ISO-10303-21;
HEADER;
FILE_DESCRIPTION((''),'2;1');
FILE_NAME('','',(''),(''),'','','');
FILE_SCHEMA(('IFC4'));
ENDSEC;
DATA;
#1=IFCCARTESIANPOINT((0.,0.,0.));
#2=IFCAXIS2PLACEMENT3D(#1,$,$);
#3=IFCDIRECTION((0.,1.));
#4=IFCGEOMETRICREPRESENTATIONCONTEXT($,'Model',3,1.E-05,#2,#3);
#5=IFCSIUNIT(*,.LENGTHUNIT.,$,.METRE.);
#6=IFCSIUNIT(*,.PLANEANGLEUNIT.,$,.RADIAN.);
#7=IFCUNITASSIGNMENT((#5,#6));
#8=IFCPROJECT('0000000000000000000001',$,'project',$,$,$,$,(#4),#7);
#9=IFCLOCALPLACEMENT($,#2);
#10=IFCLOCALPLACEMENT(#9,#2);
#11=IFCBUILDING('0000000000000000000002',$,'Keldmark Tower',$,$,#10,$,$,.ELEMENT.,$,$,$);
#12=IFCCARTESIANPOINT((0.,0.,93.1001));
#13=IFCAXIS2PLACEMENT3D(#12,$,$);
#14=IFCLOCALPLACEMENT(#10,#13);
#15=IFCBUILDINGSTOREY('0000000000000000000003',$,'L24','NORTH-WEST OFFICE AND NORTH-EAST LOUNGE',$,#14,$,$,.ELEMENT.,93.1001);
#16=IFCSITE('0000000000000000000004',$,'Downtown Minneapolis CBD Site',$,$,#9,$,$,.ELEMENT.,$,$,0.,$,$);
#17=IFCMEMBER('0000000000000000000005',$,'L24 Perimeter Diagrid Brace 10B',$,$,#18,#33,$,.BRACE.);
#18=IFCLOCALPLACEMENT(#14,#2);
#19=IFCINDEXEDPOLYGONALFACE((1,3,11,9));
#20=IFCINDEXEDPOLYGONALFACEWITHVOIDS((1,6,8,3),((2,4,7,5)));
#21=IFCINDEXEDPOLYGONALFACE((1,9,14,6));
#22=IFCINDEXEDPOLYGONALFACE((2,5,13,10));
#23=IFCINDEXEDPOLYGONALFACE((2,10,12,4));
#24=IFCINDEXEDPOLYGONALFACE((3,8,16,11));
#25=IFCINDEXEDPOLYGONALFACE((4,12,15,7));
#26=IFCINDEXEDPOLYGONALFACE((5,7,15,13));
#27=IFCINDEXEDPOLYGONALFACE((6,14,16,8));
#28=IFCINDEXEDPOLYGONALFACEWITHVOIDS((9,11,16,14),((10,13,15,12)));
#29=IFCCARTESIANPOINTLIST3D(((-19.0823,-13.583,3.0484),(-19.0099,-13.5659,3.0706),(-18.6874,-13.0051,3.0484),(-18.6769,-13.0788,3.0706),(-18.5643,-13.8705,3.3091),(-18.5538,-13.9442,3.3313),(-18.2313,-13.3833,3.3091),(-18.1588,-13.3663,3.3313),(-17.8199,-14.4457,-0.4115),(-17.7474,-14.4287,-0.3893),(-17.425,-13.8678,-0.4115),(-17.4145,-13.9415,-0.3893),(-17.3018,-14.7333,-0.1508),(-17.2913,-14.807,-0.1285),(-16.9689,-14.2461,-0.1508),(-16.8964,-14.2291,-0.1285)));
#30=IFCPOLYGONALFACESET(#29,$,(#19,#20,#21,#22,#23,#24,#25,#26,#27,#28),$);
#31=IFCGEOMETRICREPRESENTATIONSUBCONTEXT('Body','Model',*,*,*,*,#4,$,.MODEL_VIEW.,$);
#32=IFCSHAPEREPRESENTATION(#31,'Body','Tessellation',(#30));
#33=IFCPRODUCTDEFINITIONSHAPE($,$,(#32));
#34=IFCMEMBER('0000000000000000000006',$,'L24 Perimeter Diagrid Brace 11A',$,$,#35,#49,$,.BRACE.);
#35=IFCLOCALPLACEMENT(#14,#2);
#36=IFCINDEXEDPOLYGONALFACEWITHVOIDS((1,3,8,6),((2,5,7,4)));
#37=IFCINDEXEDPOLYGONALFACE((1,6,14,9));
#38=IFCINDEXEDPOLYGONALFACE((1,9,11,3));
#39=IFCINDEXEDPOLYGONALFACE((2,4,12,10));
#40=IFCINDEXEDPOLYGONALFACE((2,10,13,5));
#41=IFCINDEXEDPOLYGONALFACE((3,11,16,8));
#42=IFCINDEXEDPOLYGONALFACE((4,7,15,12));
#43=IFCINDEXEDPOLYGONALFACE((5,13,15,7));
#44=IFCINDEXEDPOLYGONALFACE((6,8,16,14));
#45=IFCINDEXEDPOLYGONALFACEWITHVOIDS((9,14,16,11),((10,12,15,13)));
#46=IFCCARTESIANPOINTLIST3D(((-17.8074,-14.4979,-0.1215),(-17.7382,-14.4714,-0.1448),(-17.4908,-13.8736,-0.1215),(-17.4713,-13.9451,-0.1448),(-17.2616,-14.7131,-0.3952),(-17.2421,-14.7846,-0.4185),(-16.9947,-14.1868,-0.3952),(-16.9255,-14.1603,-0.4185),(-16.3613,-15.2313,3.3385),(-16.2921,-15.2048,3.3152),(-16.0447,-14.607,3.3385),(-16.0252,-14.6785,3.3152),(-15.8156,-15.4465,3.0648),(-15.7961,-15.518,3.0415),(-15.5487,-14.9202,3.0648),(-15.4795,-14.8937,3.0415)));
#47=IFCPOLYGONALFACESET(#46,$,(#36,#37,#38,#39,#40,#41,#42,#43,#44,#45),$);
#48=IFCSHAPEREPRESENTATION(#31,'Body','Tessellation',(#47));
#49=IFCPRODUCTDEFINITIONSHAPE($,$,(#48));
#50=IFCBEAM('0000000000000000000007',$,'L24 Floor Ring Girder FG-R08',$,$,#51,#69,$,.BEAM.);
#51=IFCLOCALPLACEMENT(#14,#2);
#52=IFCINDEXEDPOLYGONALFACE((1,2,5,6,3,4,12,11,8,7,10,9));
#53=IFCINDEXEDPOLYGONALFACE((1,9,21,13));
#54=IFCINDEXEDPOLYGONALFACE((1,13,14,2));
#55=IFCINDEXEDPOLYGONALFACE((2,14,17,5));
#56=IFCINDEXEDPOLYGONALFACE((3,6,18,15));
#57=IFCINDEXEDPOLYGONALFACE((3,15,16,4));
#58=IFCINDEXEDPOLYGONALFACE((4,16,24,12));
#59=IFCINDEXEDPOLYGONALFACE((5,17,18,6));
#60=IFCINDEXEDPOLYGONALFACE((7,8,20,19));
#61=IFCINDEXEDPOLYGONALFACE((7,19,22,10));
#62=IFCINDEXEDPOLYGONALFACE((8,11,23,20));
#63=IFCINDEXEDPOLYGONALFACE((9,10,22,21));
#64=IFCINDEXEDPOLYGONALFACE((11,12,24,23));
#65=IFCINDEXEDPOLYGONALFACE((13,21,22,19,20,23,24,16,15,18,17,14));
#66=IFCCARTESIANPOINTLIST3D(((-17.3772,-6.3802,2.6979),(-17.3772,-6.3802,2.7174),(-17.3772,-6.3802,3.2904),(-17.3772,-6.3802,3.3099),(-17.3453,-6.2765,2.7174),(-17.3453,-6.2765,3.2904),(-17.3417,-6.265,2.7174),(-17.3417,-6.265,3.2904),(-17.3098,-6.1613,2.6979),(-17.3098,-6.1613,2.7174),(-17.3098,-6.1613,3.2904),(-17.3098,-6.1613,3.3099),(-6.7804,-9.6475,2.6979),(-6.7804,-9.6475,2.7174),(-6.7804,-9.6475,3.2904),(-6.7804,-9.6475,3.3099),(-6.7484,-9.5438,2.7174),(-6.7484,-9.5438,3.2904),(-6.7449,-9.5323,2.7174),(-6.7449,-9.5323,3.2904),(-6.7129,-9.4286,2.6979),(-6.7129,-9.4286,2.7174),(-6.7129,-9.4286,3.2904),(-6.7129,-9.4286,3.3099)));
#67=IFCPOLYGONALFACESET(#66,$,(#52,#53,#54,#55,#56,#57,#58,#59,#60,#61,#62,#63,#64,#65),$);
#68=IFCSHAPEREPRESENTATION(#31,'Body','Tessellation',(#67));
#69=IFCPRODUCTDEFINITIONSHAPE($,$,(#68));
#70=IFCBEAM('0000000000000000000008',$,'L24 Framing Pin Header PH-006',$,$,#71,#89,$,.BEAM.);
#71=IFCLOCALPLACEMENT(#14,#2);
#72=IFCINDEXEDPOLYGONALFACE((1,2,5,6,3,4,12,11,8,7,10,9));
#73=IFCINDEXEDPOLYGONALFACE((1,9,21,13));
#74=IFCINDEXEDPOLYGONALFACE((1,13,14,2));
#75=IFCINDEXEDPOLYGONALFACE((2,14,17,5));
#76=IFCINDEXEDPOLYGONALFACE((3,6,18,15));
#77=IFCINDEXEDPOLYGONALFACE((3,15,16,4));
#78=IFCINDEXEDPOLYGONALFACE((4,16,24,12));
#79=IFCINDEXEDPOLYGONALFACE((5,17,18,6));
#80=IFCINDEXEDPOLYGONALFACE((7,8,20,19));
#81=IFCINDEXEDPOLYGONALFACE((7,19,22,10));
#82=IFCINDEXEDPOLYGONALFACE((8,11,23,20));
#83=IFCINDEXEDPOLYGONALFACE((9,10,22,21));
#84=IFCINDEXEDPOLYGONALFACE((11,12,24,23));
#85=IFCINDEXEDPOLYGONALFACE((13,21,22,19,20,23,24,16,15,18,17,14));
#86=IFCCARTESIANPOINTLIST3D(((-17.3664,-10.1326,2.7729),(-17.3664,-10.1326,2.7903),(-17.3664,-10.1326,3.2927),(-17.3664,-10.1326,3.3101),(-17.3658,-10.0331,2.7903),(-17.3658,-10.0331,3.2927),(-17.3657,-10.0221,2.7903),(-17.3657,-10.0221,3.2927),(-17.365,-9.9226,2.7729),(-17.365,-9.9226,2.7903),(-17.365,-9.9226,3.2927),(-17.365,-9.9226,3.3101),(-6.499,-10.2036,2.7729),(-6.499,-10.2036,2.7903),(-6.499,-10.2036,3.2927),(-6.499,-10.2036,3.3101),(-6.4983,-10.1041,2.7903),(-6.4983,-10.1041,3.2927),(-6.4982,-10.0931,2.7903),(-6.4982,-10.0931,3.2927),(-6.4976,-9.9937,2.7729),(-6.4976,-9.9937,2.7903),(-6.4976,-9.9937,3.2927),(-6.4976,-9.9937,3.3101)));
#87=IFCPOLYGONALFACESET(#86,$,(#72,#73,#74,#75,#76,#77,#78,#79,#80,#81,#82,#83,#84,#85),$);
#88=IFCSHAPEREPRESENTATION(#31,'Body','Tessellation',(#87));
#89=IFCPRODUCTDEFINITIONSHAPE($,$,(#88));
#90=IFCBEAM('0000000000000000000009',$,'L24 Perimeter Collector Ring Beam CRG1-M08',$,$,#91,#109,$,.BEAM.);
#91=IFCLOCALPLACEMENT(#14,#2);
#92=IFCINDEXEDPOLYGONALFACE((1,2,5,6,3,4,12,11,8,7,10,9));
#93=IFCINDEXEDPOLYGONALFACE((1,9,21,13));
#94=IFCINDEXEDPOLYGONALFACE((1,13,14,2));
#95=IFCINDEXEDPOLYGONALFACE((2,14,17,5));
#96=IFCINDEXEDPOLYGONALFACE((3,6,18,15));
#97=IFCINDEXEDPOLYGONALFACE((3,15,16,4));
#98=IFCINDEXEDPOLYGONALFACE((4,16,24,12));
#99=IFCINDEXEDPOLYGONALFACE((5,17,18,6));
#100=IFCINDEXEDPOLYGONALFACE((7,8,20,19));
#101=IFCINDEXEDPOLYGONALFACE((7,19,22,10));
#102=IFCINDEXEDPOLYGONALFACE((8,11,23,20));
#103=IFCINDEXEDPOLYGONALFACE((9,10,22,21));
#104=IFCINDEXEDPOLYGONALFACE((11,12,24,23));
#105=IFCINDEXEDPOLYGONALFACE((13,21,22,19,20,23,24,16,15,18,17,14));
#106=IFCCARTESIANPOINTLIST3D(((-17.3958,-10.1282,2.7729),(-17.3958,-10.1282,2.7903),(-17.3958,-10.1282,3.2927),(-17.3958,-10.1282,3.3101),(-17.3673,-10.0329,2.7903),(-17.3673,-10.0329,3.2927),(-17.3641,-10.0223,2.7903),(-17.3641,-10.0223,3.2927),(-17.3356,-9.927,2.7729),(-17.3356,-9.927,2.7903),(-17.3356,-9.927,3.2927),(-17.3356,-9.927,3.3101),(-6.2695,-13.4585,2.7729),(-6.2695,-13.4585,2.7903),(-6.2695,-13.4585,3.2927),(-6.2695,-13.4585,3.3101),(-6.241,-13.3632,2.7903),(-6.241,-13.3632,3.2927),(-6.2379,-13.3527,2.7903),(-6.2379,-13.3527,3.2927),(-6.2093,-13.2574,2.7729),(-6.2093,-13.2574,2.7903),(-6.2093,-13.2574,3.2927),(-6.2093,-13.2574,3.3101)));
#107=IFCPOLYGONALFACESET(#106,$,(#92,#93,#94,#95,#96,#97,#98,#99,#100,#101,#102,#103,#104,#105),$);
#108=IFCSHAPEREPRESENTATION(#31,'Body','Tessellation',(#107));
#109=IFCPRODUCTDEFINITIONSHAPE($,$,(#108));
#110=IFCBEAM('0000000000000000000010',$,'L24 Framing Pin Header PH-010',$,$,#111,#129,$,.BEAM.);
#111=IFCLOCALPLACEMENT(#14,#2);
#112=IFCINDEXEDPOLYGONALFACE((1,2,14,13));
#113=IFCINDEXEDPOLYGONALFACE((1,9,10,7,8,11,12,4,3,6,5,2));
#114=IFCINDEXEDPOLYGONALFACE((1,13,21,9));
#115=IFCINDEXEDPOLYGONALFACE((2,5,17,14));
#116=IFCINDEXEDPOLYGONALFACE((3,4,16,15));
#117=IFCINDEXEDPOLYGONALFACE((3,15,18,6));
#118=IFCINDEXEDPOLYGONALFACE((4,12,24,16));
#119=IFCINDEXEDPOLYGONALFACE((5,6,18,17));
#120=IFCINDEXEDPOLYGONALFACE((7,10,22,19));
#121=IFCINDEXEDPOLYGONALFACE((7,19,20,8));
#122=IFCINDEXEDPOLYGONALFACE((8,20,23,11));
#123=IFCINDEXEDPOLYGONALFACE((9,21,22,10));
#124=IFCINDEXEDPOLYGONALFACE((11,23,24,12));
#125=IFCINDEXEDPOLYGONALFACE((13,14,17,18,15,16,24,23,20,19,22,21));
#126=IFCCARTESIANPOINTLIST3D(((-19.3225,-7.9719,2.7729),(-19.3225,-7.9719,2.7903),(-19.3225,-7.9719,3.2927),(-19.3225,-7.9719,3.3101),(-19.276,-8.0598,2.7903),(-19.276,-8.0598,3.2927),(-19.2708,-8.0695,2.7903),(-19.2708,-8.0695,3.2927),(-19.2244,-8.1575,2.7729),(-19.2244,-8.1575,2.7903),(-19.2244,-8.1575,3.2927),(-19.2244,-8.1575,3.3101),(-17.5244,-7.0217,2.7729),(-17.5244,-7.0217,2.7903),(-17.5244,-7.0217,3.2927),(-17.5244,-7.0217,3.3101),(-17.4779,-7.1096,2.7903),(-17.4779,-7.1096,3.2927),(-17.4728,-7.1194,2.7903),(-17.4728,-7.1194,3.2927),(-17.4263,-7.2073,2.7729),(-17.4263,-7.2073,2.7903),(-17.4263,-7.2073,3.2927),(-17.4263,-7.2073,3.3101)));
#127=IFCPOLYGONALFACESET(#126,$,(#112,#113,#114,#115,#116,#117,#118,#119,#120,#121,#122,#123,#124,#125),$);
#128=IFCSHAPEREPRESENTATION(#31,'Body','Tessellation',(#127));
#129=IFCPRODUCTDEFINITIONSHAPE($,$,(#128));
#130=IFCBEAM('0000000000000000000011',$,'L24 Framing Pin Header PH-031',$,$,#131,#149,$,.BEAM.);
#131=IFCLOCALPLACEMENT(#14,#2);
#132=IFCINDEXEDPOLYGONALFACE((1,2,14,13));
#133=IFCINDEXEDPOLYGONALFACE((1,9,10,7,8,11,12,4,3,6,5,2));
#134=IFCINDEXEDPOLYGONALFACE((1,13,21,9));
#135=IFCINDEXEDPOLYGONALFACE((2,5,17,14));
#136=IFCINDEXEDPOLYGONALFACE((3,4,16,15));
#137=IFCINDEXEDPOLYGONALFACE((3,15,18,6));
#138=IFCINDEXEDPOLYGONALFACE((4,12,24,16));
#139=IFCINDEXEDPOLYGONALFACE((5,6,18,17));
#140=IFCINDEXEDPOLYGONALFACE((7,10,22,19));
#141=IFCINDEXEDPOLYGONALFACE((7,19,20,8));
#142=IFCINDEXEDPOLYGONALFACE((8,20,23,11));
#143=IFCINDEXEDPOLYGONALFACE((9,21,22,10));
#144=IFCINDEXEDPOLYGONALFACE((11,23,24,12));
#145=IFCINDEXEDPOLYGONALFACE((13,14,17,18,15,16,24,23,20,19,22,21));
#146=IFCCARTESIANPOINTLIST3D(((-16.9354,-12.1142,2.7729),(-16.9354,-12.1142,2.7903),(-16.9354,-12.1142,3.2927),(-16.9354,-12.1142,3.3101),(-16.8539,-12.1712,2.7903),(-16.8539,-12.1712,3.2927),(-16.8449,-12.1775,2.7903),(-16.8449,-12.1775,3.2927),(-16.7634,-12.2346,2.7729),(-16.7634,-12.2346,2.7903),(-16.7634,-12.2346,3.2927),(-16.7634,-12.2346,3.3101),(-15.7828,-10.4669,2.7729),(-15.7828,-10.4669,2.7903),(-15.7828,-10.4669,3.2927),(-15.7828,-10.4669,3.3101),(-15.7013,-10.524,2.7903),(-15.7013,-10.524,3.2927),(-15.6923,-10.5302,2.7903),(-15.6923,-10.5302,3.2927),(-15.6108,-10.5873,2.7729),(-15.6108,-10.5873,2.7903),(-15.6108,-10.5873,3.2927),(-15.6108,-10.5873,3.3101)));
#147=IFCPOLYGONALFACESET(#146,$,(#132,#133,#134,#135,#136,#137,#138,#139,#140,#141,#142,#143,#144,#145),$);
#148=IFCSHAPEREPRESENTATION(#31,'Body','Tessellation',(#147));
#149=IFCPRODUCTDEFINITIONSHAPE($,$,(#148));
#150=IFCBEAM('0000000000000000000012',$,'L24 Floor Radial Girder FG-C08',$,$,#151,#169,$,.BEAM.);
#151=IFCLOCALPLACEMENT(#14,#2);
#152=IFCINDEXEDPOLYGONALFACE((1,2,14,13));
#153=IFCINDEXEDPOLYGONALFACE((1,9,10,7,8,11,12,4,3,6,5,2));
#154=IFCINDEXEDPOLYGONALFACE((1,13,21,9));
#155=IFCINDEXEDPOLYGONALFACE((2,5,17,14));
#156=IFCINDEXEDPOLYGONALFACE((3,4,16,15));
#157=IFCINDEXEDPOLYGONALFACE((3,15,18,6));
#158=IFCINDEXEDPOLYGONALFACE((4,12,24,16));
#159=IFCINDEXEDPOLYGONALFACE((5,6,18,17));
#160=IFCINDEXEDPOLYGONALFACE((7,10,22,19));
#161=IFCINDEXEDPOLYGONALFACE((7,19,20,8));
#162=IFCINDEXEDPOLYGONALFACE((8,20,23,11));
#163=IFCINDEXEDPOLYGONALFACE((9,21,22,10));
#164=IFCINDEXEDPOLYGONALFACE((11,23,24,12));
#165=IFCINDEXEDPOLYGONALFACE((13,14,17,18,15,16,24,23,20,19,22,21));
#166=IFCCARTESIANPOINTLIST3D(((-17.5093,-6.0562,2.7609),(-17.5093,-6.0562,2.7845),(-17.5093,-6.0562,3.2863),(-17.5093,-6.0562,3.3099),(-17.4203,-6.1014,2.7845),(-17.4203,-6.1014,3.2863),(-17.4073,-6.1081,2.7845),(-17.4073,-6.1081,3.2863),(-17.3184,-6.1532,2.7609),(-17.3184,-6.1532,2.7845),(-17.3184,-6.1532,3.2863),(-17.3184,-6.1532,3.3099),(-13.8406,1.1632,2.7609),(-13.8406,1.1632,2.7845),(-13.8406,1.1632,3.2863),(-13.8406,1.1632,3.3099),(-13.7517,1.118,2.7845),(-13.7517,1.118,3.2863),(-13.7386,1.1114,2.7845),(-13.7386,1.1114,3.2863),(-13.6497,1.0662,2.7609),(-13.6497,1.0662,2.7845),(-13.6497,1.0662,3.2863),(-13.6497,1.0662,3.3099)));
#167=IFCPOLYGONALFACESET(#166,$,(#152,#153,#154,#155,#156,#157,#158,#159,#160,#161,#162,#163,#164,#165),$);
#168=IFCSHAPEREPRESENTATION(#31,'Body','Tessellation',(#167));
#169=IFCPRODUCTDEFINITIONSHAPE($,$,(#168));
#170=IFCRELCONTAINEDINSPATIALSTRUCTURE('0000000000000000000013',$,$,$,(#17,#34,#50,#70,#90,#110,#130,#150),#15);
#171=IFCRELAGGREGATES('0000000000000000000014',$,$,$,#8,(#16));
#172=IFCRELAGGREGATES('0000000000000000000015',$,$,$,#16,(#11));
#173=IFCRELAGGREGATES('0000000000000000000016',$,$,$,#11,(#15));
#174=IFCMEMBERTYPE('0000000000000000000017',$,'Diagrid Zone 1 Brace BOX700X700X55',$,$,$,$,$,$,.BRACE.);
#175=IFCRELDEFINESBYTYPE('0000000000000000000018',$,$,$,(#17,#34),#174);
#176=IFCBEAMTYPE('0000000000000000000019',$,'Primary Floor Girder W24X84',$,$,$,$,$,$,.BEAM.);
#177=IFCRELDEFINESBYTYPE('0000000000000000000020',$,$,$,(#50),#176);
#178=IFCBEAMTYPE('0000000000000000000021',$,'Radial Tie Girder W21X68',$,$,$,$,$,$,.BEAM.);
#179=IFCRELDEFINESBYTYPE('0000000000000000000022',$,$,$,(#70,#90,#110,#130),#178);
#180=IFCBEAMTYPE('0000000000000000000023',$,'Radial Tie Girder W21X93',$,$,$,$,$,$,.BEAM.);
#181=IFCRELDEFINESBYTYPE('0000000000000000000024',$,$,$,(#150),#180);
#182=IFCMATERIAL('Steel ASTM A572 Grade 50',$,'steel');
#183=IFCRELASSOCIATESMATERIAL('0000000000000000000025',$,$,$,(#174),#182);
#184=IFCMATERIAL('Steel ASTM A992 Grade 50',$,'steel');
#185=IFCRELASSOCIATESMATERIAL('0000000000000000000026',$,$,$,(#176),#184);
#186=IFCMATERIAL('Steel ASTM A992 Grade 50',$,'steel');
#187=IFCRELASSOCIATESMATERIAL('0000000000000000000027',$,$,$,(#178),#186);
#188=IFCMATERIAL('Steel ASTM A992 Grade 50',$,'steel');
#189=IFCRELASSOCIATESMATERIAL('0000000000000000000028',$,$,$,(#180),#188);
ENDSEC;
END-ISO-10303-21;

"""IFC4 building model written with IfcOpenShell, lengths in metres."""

from ifc_helpers import new_model, si_unit, direction, frame, origin, origin_2d, place, context, subcontext, project, spatial, hollow_rectangle, i_section, extrude, material, material_profile, profile_set, type_object, element, save


model = new_model("IFC4")

# Units and contexts
model_context = context("Model", 3, precision=1e-05, world=origin(), true_north=direction((0.0, 1.0)))
body_context = subcontext(model_context, "Body", "Model", "MODEL_VIEW")
ifc_project = project(units=[si_unit("LENGTHUNIT", "METRE"), si_unit("PLANEANGLEUNIT", "RADIAN")], contexts=[model_context])

# Site, building, storey
site_placement = place(None, origin())
site = spatial("IfcSite", under=ifc_project, at=site_placement, Name="Downtown Minneapolis CBD Site", CompositionType="ELEMENT", RefElevation=0.0)
building_placement = place(site_placement, origin())
building = spatial("IfcBuilding", under=site, at=building_placement, Name="Keldmark Tower", CompositionType="ELEMENT")
storey_placement = place(building_placement, frame((0.0, 0.0, 93.1001)))
storey = spatial("IfcBuildingStorey", under=building, at=storey_placement, Name="L24", Description="NORTH-WEST OFFICE AND NORTH-EAST LOUNGE", CompositionType="ELEMENT", Elevation=93.1001)

# Members
ifc_material_1 = material(Name="Steel ASTM A572 Grade 50", Category="steel")
ifc_material_profile_1 = material_profile(ifc_material_1, hollow_rectangle(XDim=0.7, YDim=0.7, WallThickness=0.0549, at=origin_2d()), Name="BOX700X700X55")
ifc_profile_set_1 = profile_set([ifc_material_profile_1], Name="Steel ASTM A572 Grade 50")
member_type = type_object("IfcMemberType", Name="Diagrid Zone 1 Brace BOX700X700X55", PredefinedType="BRACE", material=ifc_profile_set_1)
member_1_placement = place(storey_placement, frame((-17.3582, -14.3374, -0.27), z_axis=(-0.333735, 0.228084, 0.914658), x_axis=(-0.564243, -0.825609, 0.0)))
element("IfcMember", 1, at=member_1_placement, inside=storey, type_object=member_type, Name="L24 Perimeter Diagrid Brace 10B", PredefinedType="BRACE", context=body_context, shape_type="SweptSolid", body=[
    extrude(hollow_rectangle(XDim=0.7, YDim=0.7, WallThickness=0.0549, at=origin_2d()), origin(), (0.0, 0.0, 1.0), 3.7827),
])
member_2_placement = place(storey_placement, frame((-17.3665, -14.3291, -0.27), z_axis=(0.378444, -0.191938, 0.905505), x_axis=(0.452326, 0.891853, 0.0)))
element("IfcMember", 2, at=member_2_placement, inside=storey, type_object=member_type, Name="L24 Perimeter Diagrid Brace 11A", PredefinedType="BRACE", context=body_context, shape_type="SweptSolid", body=[
    extrude(hollow_rectangle(XDim=0.7, YDim=0.7, WallThickness=0.0549, at=origin_2d()), origin(), (0.0, 0.0, 1.0), 3.821),
])

# Beams
ifc_material_2 = material(Name="Steel ASTM A992 Grade 50", Category="steel")
ifc_material_profile_2 = material_profile(ifc_material_2, i_section(OverallWidth=0.229, OverallDepth=0.6121, WebThickness=0.012, FlangeThickness=0.0195, at=origin_2d()), Name="W24X84")
ifc_profile_set_2 = profile_set([ifc_material_profile_2], Name="Steel ASTM A992 Grade 50")
beam_type_1 = type_object("IfcBeamType", Name="Primary Floor Girder W24X84", PredefinedType="BEAM", material=ifc_profile_set_2)
beam_1_placement = place(storey_placement, frame((-17.3435, -6.2708, 3.0039), z_axis=(0.955608, -0.294641, 0.0), x_axis=(0.294641, 0.955608, 0.0)))
element("IfcBeam", 3, at=beam_1_placement, inside=storey, type_object=beam_type_1, Name="L24 Floor Ring Girder FG-R08", PredefinedType="BEAM", context=body_context, shape_type="SweptSolid", body=[
    extrude(i_section(OverallWidth=0.229, OverallDepth=0.6121, WebThickness=0.012, FlangeThickness=0.0195, at=origin_2d()), origin(), (0.0, 0.0, 1.0), 11.0891),
])
ifc_material_3 = material(Name="Steel ASTM A992 Grade 50", Category="steel")
ifc_material_profile_3 = material_profile(ifc_material_3, i_section(OverallWidth=0.21, OverallDepth=0.5371, WebThickness=0.011, FlangeThickness=0.0173, at=origin_2d()), Name="W21X68")
ifc_profile_set_3 = profile_set([ifc_material_profile_3], Name="Steel ASTM A992 Grade 50")
beam_type_2 = type_object("IfcBeamType", Name="Radial Tie Girder W21X68", PredefinedType="BEAM", material=ifc_profile_set_3)
beam_2_placement = place(storey_placement, frame((-17.3657, -10.0276, 3.0415), z_axis=(0.999979, -0.006537, 0.0), x_axis=(0.006537, 0.999979, 0.0)))
element("IfcBeam", 4, at=beam_2_placement, inside=storey, type_object=beam_type_2, Name="L24 Framing Pin Header PH-006", PredefinedType="BEAM", context=body_context, shape_type="SweptSolid", body=[
    extrude(i_section(OverallWidth=0.21, OverallDepth=0.5371, WebThickness=0.011, FlangeThickness=0.0173, at=origin_2d()), origin(), (0.0, 0.0, 1.0), 10.8677),
])
beam_3_placement = place(storey_placement, frame((-17.3657, -10.0276, 3.0415), z_axis=(0.958005, -0.286752, 0.0), x_axis=(0.286752, 0.958005, 0.0)))
element("IfcBeam", 5, at=beam_3_placement, inside=storey, type_object=beam_type_2, Name="L24 Perimeter Collector Ring Beam CRG1-M08", PredefinedType="BEAM", context=body_context, shape_type="SweptSolid", body=[
    extrude(i_section(OverallWidth=0.21, OverallDepth=0.5371, WebThickness=0.011, FlangeThickness=0.0173, at=origin_2d()), origin(), (0.0, 0.0, 1.0), 11.614),
])
beam_4_placement = place(storey_placement, frame((-17.4753, -7.1145, 3.0415), z_axis=(-0.884141, -0.46722, 0.0), x_axis=(0.46722, -0.884141, 0.0)))
element("IfcBeam", 6, at=beam_4_placement, inside=storey, type_object=beam_type_2, Name="L24 Framing Pin Header PH-010", PredefinedType="BEAM", context=body_context, shape_type="SweptSolid", body=[
    extrude(i_section(OverallWidth=0.21, OverallDepth=0.5371, WebThickness=0.011, FlangeThickness=0.0173, at=origin_2d()), origin(), (0.0, 0.0, 1.0), 2.0337),
])
beam_5_placement = place(storey_placement, frame((-15.6968, -10.5271, 3.0415), z_axis=(-0.573307, -0.81934, 0.0), x_axis=(0.81934, -0.573307, 0.0)))
element("IfcBeam", 7, at=beam_5_placement, inside=storey, type_object=beam_type_2, Name="L24 Framing Pin Header PH-031", PredefinedType="BEAM", context=body_context, shape_type="SweptSolid", body=[
    extrude(i_section(OverallWidth=0.21, OverallDepth=0.5371, WebThickness=0.011, FlangeThickness=0.0173, at=origin_2d()), origin(), (0.0, 0.0, 1.0), 2.0105),
])
ifc_material_4 = material(Name="Steel ASTM A992 Grade 50", Category="steel")
ifc_material_profile_4 = material_profile(ifc_material_4, i_section(OverallWidth=0.2141, OverallDepth=0.5491, WebThickness=0.0146, FlangeThickness=0.0237, at=origin_2d()), Name="W21X93")
ifc_profile_set_4 = profile_set([ifc_material_profile_4], Name="Steel ASTM A992 Grade 50")
beam_type_3 = type_object("IfcBeamType", Name="Radial Tie Girder W21X93", PredefinedType="BEAM", material=ifc_profile_set_4)
beam_6_placement = place(storey_placement, frame((-17.4138, -6.1047, 3.0354), z_axis=(0.453029, 0.891496, 0.0), x_axis=(-0.891496, 0.453029, 0.0)))
element("IfcBeam", 8, at=beam_6_placement, inside=storey, type_object=beam_type_3, Name="L24 Floor Radial Girder FG-C08", PredefinedType="BEAM", context=body_context, shape_type="SweptSolid", body=[
    extrude(i_section(OverallWidth=0.2141, OverallDepth=0.5491, WebThickness=0.0146, FlangeThickness=0.0237, at=origin_2d()), origin(), (0.0, 0.0, 1.0), 8.0981),
])

save(model, "model.ifc")
